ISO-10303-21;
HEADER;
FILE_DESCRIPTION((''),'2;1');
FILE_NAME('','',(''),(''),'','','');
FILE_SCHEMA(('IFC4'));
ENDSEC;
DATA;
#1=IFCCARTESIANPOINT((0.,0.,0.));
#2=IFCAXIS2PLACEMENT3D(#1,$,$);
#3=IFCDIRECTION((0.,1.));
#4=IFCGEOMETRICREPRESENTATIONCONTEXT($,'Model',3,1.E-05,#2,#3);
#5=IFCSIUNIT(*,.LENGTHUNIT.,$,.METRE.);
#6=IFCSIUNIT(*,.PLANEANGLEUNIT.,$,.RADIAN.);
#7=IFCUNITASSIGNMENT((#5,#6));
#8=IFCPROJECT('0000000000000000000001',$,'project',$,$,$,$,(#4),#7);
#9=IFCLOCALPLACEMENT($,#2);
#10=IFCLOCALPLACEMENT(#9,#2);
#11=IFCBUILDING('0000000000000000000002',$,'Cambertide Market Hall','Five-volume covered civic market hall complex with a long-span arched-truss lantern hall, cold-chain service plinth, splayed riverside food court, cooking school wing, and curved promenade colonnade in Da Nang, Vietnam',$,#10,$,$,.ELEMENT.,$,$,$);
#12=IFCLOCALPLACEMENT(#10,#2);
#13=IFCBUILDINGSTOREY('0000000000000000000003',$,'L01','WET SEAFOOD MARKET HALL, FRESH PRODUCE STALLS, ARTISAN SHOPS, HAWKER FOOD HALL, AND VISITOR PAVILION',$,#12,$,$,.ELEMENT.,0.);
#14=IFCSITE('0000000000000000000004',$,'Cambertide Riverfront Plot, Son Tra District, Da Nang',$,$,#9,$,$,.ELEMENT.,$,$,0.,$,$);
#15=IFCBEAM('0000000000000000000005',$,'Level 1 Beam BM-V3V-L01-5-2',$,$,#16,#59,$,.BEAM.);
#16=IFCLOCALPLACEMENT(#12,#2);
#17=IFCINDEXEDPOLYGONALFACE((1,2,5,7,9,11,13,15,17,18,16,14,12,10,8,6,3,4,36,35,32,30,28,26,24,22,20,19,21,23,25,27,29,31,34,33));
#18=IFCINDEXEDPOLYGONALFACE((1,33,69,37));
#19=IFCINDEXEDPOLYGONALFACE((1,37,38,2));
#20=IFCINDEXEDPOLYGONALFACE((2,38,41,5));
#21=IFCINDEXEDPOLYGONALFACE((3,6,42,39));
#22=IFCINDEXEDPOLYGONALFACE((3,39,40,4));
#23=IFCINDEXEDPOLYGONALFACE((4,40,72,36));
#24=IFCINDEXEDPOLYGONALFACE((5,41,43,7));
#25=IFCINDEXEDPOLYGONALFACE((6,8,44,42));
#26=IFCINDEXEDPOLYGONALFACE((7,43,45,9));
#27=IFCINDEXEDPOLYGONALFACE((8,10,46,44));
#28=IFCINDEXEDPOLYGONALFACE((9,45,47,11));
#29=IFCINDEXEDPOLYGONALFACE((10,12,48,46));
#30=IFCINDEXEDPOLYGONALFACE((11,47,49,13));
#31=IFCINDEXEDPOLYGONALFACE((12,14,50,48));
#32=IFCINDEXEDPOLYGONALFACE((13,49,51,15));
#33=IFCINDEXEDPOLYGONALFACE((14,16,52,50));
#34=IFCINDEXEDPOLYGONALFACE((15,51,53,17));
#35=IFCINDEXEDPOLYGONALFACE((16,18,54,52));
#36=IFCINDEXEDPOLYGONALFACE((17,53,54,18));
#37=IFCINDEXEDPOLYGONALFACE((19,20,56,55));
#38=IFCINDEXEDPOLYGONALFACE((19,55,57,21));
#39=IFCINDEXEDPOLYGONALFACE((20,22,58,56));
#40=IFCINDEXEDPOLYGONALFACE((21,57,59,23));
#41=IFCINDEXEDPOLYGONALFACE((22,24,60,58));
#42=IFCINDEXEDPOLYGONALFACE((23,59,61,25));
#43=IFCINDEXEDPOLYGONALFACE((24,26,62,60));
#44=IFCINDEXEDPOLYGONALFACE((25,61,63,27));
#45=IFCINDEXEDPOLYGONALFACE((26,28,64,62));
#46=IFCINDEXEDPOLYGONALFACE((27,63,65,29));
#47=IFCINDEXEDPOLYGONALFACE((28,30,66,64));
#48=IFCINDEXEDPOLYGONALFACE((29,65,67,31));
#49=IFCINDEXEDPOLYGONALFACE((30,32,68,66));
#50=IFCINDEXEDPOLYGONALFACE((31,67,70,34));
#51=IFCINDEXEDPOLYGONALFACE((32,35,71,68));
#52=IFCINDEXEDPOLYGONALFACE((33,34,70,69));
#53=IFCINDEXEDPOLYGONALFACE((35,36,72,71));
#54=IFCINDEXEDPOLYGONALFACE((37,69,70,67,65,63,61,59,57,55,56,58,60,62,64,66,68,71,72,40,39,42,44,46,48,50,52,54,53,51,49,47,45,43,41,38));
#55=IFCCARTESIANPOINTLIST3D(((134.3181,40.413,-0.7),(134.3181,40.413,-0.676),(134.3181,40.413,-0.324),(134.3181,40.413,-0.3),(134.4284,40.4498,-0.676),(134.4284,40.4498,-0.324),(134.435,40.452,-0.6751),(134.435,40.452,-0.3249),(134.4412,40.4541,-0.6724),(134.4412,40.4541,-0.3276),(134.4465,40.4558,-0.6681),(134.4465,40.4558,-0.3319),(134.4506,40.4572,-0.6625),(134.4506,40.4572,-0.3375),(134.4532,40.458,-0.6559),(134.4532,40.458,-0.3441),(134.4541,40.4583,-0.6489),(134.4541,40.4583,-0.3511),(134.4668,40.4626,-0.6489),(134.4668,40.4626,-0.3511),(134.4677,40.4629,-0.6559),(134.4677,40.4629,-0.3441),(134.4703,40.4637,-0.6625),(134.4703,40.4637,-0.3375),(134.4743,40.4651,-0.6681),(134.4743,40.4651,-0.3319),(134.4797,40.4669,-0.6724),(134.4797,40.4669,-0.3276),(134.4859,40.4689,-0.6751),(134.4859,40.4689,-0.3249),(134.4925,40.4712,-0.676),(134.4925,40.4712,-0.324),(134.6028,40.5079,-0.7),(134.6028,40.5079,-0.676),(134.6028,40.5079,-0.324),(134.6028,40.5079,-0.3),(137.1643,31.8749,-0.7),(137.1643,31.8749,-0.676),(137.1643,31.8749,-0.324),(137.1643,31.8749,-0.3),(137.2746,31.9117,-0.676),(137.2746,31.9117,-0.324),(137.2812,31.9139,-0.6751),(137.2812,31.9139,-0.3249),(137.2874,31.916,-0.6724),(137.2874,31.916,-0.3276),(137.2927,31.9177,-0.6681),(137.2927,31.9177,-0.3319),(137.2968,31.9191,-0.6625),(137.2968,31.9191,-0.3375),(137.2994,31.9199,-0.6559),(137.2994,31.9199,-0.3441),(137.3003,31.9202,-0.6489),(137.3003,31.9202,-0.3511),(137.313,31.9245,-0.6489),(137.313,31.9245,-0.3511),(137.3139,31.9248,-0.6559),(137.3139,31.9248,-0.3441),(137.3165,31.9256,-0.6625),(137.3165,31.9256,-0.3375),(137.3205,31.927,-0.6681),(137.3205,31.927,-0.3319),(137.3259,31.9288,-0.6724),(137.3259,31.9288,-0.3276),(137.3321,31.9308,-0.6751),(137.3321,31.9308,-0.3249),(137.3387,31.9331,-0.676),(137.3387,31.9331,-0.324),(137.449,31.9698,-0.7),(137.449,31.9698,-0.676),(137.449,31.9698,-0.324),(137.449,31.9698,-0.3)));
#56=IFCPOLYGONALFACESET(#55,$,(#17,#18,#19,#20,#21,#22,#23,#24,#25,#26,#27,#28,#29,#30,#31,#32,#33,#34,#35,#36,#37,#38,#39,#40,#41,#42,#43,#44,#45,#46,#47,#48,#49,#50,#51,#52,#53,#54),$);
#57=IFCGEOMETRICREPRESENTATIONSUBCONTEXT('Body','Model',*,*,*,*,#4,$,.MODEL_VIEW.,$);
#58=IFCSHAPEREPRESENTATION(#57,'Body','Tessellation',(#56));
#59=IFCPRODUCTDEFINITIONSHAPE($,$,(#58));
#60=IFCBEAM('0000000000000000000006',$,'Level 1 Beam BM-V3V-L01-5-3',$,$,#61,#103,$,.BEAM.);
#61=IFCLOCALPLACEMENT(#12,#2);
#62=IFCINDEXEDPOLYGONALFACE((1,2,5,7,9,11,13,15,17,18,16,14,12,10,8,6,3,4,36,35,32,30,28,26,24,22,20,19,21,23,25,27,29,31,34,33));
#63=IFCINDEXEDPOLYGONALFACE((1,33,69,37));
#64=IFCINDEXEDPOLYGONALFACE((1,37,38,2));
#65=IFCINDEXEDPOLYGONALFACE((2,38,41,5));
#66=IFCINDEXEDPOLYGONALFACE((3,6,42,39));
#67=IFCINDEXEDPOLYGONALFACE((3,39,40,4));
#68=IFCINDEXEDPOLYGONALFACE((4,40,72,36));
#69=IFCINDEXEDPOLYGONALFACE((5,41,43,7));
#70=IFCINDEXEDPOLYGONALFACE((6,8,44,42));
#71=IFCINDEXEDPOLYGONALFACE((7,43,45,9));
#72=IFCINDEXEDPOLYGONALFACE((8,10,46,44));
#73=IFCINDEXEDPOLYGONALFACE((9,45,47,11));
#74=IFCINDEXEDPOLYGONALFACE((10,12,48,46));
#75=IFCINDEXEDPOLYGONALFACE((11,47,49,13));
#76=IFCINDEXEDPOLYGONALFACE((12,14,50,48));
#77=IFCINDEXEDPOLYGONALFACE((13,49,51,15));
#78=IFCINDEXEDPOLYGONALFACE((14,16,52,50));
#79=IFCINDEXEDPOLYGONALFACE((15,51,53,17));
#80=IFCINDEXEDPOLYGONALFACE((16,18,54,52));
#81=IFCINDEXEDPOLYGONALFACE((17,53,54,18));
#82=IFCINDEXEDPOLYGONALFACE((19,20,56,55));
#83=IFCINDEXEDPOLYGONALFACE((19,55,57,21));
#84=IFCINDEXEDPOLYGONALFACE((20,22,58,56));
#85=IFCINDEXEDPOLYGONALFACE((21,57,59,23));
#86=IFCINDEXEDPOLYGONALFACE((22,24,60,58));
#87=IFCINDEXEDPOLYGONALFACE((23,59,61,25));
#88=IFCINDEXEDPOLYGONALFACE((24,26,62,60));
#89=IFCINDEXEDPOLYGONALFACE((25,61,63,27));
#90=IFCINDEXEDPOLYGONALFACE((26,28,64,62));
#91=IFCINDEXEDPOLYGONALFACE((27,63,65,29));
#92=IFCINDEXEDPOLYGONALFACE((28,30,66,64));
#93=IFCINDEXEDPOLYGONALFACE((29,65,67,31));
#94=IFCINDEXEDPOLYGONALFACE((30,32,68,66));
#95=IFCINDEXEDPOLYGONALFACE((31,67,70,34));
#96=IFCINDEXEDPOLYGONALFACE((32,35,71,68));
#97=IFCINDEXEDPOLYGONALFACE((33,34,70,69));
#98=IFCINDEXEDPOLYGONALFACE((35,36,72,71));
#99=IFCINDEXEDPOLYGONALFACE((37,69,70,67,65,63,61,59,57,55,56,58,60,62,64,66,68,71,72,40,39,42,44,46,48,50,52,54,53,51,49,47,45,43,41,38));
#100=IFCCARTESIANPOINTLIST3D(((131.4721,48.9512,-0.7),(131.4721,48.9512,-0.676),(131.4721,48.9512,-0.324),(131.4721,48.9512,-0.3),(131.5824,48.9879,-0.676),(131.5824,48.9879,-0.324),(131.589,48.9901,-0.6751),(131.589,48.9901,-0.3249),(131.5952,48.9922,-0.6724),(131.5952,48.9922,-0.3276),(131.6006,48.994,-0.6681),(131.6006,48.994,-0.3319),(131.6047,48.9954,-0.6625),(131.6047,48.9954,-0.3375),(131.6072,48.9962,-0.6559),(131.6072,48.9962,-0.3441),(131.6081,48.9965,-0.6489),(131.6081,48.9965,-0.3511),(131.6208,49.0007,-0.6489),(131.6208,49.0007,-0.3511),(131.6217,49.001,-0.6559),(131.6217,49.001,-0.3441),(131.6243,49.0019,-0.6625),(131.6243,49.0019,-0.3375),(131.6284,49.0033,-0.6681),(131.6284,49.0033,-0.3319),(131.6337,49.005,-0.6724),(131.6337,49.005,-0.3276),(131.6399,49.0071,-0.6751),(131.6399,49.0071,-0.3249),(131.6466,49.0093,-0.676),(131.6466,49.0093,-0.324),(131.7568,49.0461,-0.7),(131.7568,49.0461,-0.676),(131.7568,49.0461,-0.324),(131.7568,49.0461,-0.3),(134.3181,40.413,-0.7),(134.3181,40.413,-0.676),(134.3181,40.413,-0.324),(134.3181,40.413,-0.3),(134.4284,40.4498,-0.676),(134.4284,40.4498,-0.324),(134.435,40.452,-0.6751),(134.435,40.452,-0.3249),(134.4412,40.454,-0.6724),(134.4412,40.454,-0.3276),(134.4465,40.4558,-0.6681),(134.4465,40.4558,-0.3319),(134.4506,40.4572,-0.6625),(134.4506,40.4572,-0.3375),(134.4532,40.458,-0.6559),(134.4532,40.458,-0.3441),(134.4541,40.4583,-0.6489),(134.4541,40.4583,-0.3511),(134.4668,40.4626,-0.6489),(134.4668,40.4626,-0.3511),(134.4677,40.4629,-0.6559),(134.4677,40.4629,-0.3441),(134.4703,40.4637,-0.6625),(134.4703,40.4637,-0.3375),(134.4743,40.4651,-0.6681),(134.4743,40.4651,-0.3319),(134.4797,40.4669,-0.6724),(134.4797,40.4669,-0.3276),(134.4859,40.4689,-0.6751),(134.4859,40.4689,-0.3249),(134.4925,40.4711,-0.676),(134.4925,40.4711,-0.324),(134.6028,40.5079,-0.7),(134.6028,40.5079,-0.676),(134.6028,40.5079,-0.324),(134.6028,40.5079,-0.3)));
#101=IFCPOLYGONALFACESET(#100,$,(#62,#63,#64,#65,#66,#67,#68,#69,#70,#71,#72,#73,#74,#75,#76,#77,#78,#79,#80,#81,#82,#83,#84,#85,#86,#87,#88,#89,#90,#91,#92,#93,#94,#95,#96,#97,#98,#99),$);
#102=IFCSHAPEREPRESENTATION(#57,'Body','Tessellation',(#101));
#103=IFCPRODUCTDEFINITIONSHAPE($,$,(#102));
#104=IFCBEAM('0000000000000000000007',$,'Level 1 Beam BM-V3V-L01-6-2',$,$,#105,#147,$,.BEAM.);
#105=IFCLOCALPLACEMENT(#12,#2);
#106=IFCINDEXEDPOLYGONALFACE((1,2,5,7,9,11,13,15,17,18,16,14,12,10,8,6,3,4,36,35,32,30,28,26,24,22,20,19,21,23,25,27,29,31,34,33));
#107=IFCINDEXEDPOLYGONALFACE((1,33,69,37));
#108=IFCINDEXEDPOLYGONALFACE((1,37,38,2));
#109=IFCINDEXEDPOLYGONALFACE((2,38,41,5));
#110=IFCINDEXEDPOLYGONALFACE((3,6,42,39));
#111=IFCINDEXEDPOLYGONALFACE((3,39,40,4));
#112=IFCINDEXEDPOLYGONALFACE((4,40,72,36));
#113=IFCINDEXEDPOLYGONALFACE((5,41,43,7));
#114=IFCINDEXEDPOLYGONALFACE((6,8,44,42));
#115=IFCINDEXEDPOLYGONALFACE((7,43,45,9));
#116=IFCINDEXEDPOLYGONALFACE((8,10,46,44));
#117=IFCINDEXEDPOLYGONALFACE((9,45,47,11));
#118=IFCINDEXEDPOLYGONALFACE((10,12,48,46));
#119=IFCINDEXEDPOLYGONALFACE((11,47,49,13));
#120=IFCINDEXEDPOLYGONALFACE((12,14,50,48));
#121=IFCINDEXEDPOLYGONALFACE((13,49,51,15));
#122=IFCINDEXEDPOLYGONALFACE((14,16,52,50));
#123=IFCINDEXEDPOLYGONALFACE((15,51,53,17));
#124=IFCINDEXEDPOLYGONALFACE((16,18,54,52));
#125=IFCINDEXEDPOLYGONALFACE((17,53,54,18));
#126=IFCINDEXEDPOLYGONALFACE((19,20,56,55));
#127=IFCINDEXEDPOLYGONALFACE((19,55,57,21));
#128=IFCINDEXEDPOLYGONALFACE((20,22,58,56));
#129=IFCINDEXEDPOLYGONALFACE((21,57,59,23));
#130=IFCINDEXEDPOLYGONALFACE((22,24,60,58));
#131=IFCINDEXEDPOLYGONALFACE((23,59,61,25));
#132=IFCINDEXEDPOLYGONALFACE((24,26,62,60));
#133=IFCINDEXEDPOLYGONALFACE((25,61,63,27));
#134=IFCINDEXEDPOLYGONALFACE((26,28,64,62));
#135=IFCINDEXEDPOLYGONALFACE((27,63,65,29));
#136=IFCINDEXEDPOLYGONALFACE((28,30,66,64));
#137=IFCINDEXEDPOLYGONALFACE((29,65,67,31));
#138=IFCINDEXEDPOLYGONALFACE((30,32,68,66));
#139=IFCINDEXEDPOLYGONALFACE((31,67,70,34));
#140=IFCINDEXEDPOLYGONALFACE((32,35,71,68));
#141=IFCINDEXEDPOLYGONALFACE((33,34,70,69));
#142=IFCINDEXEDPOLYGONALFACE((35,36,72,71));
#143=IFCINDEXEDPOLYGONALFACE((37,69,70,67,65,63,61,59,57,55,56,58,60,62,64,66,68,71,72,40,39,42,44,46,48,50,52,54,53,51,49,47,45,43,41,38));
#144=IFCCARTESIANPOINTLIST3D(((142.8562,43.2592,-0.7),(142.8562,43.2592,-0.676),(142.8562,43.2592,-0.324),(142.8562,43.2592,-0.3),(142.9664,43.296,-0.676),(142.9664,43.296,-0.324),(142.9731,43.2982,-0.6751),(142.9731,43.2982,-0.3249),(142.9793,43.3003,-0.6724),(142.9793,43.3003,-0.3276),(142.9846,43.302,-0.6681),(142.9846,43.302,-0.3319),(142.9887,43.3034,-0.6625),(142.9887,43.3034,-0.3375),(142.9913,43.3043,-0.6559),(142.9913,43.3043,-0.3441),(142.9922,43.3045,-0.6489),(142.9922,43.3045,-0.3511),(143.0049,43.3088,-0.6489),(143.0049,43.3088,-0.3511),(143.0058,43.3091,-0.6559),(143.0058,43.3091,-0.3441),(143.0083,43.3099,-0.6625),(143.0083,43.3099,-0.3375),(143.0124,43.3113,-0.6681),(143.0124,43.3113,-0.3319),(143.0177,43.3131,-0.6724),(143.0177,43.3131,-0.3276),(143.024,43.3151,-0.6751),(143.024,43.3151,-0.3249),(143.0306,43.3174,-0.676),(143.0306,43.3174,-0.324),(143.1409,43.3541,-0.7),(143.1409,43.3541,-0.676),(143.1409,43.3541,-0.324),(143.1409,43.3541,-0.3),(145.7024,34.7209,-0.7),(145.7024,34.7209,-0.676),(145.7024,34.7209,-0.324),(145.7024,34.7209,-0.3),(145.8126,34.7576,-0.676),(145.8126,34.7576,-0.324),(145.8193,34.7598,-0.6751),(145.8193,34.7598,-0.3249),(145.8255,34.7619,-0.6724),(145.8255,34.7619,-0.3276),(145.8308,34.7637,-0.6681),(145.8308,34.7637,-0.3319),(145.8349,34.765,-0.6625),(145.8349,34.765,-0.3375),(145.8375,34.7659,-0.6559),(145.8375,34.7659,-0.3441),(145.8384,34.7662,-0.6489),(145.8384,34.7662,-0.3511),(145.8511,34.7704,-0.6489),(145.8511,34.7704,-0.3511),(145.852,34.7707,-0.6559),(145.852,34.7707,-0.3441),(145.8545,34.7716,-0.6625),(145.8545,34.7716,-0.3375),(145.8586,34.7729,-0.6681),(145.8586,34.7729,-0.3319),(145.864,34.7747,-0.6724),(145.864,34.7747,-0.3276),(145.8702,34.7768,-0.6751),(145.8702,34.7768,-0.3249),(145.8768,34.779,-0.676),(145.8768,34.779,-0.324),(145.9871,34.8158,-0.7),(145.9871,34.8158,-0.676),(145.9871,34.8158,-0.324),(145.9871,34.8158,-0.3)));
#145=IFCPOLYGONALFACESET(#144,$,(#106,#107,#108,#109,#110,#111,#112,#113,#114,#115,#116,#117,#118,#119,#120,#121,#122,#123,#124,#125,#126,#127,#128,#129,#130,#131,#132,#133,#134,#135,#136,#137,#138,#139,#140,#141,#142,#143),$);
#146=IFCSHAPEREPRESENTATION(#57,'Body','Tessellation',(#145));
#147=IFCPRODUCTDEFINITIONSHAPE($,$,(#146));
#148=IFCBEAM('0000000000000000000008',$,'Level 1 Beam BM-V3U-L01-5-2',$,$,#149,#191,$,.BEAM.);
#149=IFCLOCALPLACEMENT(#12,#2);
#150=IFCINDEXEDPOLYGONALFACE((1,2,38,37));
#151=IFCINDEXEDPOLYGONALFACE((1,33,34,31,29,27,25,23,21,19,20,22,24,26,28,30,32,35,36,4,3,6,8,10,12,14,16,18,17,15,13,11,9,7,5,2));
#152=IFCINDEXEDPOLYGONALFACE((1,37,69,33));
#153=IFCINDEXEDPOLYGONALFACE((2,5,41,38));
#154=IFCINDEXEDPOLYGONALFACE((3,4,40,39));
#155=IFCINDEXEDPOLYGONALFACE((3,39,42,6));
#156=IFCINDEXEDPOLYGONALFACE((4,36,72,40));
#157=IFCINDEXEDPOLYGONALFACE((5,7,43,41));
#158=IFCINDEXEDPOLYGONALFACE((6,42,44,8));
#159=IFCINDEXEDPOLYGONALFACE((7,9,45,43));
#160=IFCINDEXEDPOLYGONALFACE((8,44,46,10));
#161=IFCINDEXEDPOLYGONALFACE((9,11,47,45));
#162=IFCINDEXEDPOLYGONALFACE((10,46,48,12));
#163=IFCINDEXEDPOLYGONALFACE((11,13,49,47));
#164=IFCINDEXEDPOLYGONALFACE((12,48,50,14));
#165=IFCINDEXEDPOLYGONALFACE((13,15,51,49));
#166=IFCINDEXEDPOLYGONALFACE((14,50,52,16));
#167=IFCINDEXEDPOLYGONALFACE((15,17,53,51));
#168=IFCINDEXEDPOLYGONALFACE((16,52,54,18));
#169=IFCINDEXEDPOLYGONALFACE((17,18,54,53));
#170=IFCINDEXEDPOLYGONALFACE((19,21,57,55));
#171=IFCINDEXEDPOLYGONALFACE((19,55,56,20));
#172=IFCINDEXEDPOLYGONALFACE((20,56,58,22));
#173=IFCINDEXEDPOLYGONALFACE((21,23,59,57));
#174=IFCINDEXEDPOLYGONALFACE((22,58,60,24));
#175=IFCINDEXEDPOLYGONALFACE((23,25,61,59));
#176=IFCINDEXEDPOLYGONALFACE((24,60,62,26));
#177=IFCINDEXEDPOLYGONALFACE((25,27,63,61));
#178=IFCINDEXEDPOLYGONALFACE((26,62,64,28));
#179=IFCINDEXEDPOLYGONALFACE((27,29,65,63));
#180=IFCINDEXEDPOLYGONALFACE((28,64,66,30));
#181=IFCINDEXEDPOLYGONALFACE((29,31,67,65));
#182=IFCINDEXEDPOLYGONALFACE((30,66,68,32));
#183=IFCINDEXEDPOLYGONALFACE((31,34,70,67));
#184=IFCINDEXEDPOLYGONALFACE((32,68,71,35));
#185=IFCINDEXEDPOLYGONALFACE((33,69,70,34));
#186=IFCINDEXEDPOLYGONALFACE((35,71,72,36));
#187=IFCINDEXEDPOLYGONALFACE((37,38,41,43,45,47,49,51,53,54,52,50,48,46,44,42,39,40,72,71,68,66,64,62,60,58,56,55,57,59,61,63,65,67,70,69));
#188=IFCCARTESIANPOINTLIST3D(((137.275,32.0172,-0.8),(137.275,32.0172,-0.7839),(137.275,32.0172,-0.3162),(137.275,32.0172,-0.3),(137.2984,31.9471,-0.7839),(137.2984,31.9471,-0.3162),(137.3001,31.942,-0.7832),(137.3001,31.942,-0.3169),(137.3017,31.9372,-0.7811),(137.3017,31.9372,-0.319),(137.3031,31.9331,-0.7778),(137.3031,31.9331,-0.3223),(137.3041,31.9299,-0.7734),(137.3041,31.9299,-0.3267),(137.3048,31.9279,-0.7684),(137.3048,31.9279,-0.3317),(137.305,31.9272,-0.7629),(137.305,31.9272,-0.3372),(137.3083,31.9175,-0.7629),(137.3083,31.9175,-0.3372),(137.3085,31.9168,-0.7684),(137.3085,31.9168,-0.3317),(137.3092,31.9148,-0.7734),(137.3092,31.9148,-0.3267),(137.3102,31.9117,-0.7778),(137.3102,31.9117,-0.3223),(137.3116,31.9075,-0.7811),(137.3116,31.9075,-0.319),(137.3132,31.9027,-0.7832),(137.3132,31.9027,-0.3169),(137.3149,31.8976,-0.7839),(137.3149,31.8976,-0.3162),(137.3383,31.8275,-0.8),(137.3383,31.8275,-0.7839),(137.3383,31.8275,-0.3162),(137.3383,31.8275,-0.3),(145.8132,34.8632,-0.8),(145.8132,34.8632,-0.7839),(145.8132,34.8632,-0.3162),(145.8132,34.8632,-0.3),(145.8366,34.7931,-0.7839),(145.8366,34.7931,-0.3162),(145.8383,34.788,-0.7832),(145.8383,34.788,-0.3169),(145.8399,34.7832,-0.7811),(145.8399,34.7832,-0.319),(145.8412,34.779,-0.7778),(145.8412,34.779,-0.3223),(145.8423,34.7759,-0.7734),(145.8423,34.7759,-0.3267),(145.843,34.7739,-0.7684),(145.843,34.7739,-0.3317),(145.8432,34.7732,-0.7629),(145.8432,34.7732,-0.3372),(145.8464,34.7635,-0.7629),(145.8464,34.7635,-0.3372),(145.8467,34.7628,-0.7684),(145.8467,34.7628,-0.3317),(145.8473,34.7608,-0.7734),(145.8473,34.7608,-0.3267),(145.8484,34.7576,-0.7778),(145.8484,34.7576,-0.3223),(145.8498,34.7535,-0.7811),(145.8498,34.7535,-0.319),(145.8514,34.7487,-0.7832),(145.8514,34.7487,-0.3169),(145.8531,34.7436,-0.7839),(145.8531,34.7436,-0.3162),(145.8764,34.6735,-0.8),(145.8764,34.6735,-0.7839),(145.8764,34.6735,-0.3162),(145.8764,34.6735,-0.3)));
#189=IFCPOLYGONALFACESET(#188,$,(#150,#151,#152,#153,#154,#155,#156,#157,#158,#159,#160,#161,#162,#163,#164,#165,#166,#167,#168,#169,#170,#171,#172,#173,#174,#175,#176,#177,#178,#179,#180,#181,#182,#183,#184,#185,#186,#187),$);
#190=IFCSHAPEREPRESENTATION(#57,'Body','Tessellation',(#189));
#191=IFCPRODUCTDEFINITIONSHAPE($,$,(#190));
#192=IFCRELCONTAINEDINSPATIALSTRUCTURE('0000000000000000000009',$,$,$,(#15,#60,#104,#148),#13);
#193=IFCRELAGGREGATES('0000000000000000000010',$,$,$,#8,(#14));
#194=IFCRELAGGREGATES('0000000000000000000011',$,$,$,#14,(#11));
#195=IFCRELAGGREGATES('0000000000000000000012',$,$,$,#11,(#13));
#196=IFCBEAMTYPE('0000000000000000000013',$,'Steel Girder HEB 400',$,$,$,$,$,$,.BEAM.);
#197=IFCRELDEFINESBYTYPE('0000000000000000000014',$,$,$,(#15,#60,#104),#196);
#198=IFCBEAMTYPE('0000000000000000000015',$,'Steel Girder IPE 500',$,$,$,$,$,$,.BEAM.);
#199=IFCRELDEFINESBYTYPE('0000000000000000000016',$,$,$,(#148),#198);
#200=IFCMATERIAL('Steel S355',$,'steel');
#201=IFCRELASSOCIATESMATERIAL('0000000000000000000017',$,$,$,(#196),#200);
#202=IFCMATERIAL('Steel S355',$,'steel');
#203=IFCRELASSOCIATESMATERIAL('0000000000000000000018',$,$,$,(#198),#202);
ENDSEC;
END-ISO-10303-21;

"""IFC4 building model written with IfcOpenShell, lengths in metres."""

from ifc_helpers import new_model, si_unit, direction, frame, origin, origin_2d, place, context, subcontext, project, spatial, i_section, extrude, material, material_profile, profile_set, type_object, element, save


model = new_model("IFC4")

# Units and contexts
model_context = context("Model", 3, precision=1e-05, world=origin(), true_north=direction((0.0, 1.0)))
body_context = subcontext(model_context, "Body", "Model", "MODEL_VIEW")
ifc_project = project(units=[si_unit("LENGTHUNIT", "METRE"), si_unit("PLANEANGLEUNIT", "RADIAN")], contexts=[model_context])

# Site, building, storey
site_placement = place(None, origin())
site = spatial("IfcSite", under=ifc_project, at=site_placement, Name="Cambertide Riverfront Plot, Son Tra District, Da Nang", CompositionType="ELEMENT", RefElevation=0.0)
building_placement = place(site_placement, origin())
building = spatial("IfcBuilding", under=site, at=building_placement, Name="Cambertide Market Hall", Description="Five-volume covered civic market hall complex with a long-span arched-truss lantern hall, cold-chain service plinth, splayed riverside food court, cooking school wing, and curved promenade colonnade in Da Nang, Vietnam", CompositionType="ELEMENT")
storey_placement = place(building_placement, origin())
storey = spatial("IfcBuildingStorey", under=building, at=storey_placement, Name="L01", Description="WET SEAFOOD MARKET HALL, FRESH PRODUCE STALLS, ARTISAN SHOPS, HAWKER FOOD HALL, AND VISITOR PAVILION", CompositionType="ELEMENT", Elevation=0.0)

# Beams
ifc_material_1 = material(Name="Steel S355", Category="steel")
ifc_material_profile_1 = material_profile(ifc_material_1, i_section(OverallWidth=0.3, OverallDepth=0.3999, WebThickness=0.0134, FlangeThickness=0.0239, FilletRadius=0.0271, at=origin_2d()), Name="HEB 400")
ifc_profile_set_1 = profile_set([ifc_material_profile_1], Name="Steel S355")
beam_type_1 = type_object("IfcBeamType", Name="Steel Girder HEB 400", PredefinedType="BEAM", material=ifc_profile_set_1)
for number, where, z_axis, x_axis, name in (
    (1, (137.3066, 31.9224, -0.5), (-0.316244, 0.948678, 0.0), (-0.948678, -0.316244, 0.0), "Level 1 Beam BM-V3V-L01-5-2"),
    (2, (134.4604, 40.4604, -0.5), (-0.31622, 0.948686, 0.0), (-0.948686, -0.31622, 0.0), "Level 1 Beam BM-V3V-L01-5-3"),
):
    element("IfcBeam", number, at=place(storey_placement, frame(where, z_axis=z_axis, x_axis=x_axis)), inside=storey, type_object=beam_type_1, Name=name, PredefinedType="BEAM", context=body_context, shape_type="SweptSolid", body=[
        extrude(i_section(OverallWidth=0.3, OverallDepth=0.3999, WebThickness=0.0134, FlangeThickness=0.0239, FilletRadius=0.0271, at=origin_2d()), origin(), (0.0, 0.0, 1.0), 9.0),
    ])
beam_1_placement = place(storey_placement, frame((145.8447, 34.7683, -0.5), z_axis=(-0.316236, 0.948681, 0.0), x_axis=(-0.948681, -0.316236, 0.0)))
element("IfcBeam", 3, at=beam_1_placement, inside=storey, type_object=beam_type_1, Name="Level 1 Beam BM-V3V-L01-6-2", PredefinedType="BEAM", context=body_context, shape_type="SweptSolid", body=[
    extrude(i_section(OverallWidth=0.3, OverallDepth=0.3999, WebThickness=0.0134, FlangeThickness=0.0239, FilletRadius=0.0271, at=origin_2d()), origin(), (0.0, 0.0, 1.0), 9.0002),
])
ifc_material_2 = material(Name="Steel S355", Category="steel")
ifc_material_profile_2 = material_profile(ifc_material_2, i_section(OverallWidth=0.2, OverallDepth=0.5, WebThickness=0.0103, FlangeThickness=0.0161, FilletRadius=0.021, at=origin_2d()), Name="IPE 500")
ifc_profile_set_2 = profile_set([ifc_material_profile_2], Name="Steel S355")
beam_type_2 = type_object("IfcBeamType", Name="Steel Girder IPE 500", PredefinedType="BEAM", material=ifc_profile_set_2)
for number, where, z_axis, x_axis, name in (
    (4, (137.3066, 31.9224, -0.55), (0.948686, 0.31622, 0.0), (-0.31622, 0.948686, 0.0), "Level 1 Beam BM-V3U-L01-5-2"),
):
    element("IfcBeam", number, at=place(storey_placement, frame(where, z_axis=z_axis, x_axis=x_axis)), inside=storey, type_object=beam_type_2, Name=name, PredefinedType="BEAM", context=body_context, shape_type="SweptSolid", body=[
        extrude(i_section(OverallWidth=0.2, OverallDepth=0.5, WebThickness=0.0103, FlangeThickness=0.0161, FilletRadius=0.021, at=origin_2d()), origin(), (0.0, 0.0, 1.0), 9.0),
    ])

save(model, "model.ifc")
